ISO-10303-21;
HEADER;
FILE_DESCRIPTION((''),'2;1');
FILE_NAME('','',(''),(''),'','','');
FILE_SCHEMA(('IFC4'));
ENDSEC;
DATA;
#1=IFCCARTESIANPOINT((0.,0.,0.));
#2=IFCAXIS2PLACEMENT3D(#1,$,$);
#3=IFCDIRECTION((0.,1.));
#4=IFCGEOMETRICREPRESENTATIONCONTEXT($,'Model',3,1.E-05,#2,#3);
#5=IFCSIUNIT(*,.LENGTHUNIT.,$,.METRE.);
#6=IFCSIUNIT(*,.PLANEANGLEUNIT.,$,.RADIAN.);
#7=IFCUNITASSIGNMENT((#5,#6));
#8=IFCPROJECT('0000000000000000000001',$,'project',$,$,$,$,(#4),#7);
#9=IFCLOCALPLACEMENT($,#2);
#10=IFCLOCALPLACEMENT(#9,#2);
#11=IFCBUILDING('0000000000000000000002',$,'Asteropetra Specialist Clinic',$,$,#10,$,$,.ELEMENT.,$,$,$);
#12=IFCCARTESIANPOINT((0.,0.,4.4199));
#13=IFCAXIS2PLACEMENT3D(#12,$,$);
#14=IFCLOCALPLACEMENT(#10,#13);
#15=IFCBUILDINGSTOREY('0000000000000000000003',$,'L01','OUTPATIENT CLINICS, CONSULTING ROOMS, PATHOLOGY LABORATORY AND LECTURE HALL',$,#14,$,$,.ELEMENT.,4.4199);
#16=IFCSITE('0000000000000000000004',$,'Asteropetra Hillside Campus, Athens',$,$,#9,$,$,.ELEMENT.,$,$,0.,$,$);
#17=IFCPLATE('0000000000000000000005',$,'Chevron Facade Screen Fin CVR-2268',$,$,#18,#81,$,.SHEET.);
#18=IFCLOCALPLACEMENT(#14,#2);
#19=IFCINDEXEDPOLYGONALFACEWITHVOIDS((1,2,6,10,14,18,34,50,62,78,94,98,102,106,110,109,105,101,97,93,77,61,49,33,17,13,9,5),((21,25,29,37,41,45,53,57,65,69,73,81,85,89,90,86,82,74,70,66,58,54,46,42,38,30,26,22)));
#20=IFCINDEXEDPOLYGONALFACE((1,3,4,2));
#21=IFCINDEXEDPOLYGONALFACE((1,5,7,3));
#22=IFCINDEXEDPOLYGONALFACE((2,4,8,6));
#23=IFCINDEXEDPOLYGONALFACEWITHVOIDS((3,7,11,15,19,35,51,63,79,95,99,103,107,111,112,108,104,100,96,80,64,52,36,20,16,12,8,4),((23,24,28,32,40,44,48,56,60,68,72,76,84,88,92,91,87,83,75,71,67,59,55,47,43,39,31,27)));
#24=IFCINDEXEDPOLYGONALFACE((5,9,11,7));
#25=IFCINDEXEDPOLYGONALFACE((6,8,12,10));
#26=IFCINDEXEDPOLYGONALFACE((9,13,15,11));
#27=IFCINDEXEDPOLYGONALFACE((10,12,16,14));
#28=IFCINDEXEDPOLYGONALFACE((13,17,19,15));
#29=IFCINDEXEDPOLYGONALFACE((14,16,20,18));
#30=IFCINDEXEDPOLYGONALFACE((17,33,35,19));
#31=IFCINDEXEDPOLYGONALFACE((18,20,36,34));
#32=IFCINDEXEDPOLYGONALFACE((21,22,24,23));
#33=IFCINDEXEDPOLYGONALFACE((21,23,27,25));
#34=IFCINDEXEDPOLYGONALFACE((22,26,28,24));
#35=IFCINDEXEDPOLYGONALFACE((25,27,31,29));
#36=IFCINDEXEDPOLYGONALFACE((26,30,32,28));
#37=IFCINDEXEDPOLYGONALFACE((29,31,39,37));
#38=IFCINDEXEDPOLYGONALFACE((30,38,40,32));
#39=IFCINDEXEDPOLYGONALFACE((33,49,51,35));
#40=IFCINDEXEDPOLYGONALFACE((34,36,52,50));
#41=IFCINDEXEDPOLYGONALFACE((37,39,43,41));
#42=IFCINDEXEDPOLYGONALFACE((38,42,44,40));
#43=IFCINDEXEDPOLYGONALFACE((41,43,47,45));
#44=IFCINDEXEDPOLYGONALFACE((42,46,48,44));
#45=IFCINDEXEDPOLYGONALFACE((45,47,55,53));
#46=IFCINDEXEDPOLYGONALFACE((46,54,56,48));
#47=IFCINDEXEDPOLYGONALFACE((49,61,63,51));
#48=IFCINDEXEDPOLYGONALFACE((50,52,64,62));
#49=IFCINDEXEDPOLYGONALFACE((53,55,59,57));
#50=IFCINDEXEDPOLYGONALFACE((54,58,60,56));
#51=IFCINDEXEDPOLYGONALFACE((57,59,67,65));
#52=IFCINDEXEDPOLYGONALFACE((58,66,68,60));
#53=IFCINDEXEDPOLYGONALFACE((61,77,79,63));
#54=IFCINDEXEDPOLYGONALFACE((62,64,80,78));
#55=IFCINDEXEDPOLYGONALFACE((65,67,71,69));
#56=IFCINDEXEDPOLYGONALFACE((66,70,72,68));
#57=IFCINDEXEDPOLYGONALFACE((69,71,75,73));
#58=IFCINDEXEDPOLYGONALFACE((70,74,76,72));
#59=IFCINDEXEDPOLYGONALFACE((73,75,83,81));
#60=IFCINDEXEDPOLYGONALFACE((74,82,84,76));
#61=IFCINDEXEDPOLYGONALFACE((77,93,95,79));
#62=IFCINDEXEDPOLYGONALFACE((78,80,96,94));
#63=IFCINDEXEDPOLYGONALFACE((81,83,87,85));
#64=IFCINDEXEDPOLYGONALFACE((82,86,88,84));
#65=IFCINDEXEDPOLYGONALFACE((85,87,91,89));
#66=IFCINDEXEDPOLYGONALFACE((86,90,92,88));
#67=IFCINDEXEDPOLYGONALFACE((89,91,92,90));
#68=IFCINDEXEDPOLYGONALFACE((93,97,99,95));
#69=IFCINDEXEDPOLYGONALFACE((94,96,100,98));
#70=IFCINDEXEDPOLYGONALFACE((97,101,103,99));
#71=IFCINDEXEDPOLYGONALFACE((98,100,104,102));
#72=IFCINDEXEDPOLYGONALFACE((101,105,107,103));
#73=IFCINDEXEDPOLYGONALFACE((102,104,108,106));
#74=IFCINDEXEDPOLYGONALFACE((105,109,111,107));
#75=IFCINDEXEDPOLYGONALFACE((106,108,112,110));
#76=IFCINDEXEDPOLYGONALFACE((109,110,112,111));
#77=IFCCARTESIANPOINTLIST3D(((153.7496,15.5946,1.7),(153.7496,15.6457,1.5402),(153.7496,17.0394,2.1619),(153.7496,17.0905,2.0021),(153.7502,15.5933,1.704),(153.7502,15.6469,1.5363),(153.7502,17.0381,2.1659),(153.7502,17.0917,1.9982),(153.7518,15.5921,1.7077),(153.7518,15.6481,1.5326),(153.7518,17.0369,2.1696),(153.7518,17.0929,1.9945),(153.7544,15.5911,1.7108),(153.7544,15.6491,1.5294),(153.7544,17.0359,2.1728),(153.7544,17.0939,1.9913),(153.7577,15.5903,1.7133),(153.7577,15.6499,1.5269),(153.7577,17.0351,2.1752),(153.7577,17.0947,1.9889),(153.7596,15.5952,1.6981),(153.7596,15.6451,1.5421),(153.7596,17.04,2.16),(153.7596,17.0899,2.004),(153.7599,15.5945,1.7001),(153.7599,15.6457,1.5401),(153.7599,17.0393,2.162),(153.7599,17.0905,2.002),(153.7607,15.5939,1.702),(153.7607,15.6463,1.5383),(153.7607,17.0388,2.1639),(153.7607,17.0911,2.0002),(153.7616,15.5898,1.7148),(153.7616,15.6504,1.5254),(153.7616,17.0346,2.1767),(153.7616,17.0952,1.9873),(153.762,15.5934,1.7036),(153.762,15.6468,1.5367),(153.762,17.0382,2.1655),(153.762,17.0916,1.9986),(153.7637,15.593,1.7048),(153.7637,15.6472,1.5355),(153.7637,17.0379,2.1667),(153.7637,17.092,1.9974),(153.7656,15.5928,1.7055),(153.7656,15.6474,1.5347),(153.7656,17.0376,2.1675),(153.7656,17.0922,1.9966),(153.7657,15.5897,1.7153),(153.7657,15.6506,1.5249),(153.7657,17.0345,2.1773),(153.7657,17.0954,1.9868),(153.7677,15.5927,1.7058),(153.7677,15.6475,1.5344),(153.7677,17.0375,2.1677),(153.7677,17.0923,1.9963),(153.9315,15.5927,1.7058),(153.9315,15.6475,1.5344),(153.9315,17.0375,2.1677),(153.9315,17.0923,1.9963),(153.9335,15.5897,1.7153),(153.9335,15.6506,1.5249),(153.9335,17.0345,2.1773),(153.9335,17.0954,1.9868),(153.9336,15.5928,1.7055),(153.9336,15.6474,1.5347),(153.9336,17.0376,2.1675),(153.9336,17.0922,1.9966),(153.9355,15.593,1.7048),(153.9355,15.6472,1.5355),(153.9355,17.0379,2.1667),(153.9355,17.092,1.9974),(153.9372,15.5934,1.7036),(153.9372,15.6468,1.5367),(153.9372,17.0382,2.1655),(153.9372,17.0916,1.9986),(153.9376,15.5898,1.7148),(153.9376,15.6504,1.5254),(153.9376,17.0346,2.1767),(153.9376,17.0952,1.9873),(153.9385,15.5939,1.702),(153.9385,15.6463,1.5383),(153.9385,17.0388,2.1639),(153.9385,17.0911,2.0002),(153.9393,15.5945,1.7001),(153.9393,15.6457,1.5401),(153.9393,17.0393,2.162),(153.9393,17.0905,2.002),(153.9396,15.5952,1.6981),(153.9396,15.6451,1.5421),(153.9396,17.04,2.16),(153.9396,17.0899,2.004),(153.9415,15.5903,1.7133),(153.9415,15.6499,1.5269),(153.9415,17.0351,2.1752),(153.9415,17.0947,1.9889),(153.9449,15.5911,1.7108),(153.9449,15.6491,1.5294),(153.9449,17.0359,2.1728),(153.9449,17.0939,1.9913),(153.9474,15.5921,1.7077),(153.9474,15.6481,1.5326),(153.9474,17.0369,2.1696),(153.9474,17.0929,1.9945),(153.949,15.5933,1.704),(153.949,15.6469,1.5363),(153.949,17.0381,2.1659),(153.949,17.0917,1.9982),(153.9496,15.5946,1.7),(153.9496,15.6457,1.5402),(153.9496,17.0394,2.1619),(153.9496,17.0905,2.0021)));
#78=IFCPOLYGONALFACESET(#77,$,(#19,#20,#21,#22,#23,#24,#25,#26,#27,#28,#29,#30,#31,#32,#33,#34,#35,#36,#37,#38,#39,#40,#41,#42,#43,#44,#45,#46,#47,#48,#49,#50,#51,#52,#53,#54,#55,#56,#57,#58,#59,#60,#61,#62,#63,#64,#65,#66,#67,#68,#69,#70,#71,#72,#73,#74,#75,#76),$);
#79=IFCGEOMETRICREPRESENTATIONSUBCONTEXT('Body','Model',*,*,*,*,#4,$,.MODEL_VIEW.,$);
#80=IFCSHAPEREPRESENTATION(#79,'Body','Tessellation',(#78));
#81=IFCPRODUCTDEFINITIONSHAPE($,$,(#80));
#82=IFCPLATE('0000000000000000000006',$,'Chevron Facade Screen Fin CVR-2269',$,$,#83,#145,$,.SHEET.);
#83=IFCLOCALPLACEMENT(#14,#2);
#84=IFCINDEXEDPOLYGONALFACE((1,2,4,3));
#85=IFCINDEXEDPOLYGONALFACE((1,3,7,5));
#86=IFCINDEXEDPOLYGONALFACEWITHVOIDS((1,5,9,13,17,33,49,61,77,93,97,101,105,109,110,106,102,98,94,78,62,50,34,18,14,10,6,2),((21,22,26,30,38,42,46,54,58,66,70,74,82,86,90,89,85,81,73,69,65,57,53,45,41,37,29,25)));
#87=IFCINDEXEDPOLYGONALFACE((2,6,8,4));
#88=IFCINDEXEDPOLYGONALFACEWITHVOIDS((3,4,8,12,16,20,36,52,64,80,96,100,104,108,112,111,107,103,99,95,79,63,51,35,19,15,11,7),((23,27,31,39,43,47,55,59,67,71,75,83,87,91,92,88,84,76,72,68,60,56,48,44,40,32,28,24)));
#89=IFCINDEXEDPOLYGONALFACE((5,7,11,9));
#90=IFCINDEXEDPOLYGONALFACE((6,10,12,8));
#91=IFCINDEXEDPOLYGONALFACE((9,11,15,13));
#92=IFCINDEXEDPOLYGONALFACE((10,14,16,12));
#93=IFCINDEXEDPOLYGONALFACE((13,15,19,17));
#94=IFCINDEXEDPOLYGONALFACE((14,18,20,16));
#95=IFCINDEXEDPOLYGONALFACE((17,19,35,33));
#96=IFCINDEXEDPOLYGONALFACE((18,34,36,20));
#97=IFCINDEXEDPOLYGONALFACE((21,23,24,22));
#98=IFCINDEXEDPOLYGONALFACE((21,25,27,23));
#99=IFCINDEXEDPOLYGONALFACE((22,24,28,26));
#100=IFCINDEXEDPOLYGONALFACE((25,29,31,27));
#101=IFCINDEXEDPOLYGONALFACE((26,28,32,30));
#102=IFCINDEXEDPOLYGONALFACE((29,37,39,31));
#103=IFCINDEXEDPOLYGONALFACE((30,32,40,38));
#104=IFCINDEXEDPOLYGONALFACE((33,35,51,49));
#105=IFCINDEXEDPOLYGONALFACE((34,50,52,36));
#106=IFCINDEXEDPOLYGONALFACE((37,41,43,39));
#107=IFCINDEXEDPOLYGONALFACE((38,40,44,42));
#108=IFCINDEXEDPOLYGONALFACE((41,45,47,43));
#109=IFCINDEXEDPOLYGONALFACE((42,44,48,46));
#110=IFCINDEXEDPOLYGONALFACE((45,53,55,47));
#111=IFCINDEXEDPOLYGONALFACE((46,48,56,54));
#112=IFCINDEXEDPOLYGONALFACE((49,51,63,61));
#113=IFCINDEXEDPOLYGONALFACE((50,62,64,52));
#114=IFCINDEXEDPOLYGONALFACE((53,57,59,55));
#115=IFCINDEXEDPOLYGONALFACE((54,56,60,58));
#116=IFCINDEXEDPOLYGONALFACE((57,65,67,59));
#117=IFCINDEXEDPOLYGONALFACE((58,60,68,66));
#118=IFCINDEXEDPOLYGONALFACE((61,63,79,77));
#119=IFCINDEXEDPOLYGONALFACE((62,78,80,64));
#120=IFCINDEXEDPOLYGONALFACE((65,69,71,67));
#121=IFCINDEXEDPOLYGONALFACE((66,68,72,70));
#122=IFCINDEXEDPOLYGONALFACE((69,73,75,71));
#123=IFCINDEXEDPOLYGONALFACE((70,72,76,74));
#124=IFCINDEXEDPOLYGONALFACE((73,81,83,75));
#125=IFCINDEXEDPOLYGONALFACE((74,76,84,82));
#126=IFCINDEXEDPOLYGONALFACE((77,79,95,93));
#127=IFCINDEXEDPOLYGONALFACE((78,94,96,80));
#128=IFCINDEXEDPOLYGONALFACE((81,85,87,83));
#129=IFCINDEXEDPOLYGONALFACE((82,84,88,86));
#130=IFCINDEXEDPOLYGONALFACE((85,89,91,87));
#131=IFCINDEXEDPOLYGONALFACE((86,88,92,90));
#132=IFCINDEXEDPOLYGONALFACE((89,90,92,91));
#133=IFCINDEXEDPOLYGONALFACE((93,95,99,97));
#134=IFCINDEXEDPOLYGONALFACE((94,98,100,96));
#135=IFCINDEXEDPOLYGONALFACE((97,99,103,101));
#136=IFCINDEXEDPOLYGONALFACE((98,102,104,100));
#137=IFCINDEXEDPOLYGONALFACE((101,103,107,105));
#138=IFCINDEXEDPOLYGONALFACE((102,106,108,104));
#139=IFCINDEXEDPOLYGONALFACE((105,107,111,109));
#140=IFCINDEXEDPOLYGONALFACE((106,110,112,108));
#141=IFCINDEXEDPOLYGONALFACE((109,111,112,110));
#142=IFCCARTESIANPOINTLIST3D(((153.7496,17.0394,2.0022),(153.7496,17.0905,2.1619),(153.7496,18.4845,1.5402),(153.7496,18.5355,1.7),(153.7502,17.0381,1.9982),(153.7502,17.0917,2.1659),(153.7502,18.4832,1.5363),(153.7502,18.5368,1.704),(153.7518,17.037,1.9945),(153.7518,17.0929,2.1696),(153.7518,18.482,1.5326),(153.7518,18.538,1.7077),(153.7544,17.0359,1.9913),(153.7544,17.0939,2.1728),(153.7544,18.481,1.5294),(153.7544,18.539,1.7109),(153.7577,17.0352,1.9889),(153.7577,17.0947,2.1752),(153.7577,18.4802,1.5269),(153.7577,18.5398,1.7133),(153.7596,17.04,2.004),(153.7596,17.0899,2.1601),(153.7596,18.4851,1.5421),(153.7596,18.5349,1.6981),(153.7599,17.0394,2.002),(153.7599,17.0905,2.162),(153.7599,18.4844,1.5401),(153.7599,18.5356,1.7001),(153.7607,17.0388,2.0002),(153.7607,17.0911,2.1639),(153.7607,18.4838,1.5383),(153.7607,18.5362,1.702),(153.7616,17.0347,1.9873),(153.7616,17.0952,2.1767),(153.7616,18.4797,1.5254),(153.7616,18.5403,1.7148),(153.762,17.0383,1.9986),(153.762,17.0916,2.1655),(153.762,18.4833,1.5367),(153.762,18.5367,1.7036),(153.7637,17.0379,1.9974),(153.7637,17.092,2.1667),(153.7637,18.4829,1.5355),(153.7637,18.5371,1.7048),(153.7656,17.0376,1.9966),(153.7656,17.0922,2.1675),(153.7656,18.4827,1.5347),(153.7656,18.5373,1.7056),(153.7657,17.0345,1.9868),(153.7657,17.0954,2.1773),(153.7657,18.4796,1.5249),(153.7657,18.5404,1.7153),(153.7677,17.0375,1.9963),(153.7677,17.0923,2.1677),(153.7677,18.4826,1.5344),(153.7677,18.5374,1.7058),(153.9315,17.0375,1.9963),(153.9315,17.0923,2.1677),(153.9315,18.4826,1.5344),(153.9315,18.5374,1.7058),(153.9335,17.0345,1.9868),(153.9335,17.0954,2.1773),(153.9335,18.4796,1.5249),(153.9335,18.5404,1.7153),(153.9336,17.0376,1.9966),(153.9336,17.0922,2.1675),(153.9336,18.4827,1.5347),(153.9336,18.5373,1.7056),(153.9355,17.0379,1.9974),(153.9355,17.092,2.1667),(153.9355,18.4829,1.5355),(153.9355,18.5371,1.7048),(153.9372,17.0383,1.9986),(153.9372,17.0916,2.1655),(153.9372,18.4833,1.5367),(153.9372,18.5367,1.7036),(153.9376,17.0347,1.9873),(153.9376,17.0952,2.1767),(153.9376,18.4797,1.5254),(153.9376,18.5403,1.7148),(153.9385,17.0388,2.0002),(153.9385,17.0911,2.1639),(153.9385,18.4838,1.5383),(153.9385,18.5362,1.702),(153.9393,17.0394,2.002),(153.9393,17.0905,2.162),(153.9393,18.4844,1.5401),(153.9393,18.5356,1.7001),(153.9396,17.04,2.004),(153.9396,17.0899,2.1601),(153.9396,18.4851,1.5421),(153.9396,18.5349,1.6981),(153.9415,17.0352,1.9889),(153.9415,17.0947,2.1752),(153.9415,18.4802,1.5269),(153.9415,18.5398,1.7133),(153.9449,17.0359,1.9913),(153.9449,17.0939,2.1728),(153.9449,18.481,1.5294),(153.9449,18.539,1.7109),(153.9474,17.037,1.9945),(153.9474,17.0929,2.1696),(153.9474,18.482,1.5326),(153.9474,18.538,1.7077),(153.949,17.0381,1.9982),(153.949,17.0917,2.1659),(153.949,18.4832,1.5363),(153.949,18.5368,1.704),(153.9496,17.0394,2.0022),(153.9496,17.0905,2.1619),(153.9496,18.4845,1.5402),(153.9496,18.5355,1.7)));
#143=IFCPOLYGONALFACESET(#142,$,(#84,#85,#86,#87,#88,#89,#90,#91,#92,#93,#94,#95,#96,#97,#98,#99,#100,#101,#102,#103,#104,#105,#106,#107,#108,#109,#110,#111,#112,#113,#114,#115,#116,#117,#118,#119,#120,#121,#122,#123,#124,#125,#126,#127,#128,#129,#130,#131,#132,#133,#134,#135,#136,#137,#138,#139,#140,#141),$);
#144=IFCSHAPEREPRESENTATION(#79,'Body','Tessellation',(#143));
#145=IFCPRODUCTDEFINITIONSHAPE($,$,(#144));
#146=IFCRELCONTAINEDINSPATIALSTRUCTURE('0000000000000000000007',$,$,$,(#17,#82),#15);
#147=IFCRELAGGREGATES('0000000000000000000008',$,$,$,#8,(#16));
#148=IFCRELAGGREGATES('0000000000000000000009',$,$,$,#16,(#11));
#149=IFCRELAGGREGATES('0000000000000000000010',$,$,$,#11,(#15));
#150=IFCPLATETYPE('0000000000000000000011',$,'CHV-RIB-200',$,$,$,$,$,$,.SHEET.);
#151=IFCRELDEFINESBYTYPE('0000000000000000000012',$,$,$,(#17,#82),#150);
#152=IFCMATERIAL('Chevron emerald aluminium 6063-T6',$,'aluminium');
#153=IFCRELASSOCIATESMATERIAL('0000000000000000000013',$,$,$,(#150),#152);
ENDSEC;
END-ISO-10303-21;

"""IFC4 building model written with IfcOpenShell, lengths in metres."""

from ifc_helpers import new_model, si_unit, direction, frame, origin, origin_2d, place, context, subcontext, project, spatial, hollow_rectangle, extrude, material, material_profile, profile_set, type_object, element, save


model = new_model("IFC4")

# Units and contexts
model_context = context("Model", 3, precision=1e-05, world=origin(), true_north=direction((0.0, 1.0)))
body_context = subcontext(model_context, "Body", "Model", "MODEL_VIEW")
ifc_project = project(units=[si_unit("LENGTHUNIT", "METRE"), si_unit("PLANEANGLEUNIT", "RADIAN")], contexts=[model_context])

# Site, building, storey
site_placement = place(None, origin())
site = spatial("IfcSite", under=ifc_project, at=site_placement, Name="Asteropetra Hillside Campus, Athens", CompositionType="ELEMENT", RefElevation=0.0)
building_placement = place(site_placement, origin())
building = spatial("IfcBuilding", under=site, at=building_placement, Name="Asteropetra Specialist Clinic", CompositionType="ELEMENT")
storey_placement = place(building_placement, frame((0.0, 0.0, 4.4199)))
storey = spatial("IfcBuildingStorey", under=building, at=storey_placement, Name="L01", Description="OUTPATIENT CLINICS, CONSULTING ROOMS, PATHOLOGY LABORATORY AND LECTURE HALL", CompositionType="ELEMENT", Elevation=4.4199)

# Plates
ifc_material_1 = material(Name="Chevron emerald aluminium 6063-T6", Category="aluminium")
ifc_material_profile = material_profile(ifc_material_1, hollow_rectangle(XDim=0.2, YDim=0.2, WallThickness=0.01, InnerFilletRadius=0.0081, OuterFilletRadius=0.0161, at=origin_2d()), Name="SHS 200x200x10.0")
ifc_profile_set = profile_set([ifc_material_profile], Name="Chevron emerald aluminium 6063-T6")
plate_type = type_object("IfcPlateType", Name="CHV-RIB-200", PredefinedType="SHEET", material=ifc_profile_set)
plate_1_placement = place(storey_placement, frame((153.8496, 15.6201, 1.6201), z_axis=(0.0, 0.952506, 0.304519), x_axis=(-1.0, 0.0, 0.0)))
element("IfcPlate", 1, at=plate_1_placement, inside=storey, type_object=plate_type, Name="Chevron Facade Screen Fin CVR-2268", PredefinedType="SHEET", context=body_context, shape_type="SweptSolid", body=[
    extrude(hollow_rectangle(XDim=0.2, YDim=0.2, WallThickness=0.01, InnerFilletRadius=0.0081, OuterFilletRadius=0.0161, at=origin_2d()), origin(), (0.0, 0.0, 1.0), 1.5168),
])
plate_2_placement = place(storey_placement, frame((153.8496, 17.0649, 2.082), z_axis=(0.0, 0.952521, -0.304472), x_axis=(-1.0, 0.0, 0.0)))
element("IfcPlate", 2, at=plate_2_placement, inside=storey, type_object=plate_type, Name="Chevron Facade Screen Fin CVR-2269", PredefinedType="SHEET", context=body_context, shape_type="SweptSolid", body=[
    extrude(hollow_rectangle(XDim=0.2, YDim=0.2, WallThickness=0.01, InnerFilletRadius=0.0081, OuterFilletRadius=0.0161, at=origin_2d()), origin(), (0.0, 0.0, 1.0), 1.5171),
])

save(model, "model.ifc")
